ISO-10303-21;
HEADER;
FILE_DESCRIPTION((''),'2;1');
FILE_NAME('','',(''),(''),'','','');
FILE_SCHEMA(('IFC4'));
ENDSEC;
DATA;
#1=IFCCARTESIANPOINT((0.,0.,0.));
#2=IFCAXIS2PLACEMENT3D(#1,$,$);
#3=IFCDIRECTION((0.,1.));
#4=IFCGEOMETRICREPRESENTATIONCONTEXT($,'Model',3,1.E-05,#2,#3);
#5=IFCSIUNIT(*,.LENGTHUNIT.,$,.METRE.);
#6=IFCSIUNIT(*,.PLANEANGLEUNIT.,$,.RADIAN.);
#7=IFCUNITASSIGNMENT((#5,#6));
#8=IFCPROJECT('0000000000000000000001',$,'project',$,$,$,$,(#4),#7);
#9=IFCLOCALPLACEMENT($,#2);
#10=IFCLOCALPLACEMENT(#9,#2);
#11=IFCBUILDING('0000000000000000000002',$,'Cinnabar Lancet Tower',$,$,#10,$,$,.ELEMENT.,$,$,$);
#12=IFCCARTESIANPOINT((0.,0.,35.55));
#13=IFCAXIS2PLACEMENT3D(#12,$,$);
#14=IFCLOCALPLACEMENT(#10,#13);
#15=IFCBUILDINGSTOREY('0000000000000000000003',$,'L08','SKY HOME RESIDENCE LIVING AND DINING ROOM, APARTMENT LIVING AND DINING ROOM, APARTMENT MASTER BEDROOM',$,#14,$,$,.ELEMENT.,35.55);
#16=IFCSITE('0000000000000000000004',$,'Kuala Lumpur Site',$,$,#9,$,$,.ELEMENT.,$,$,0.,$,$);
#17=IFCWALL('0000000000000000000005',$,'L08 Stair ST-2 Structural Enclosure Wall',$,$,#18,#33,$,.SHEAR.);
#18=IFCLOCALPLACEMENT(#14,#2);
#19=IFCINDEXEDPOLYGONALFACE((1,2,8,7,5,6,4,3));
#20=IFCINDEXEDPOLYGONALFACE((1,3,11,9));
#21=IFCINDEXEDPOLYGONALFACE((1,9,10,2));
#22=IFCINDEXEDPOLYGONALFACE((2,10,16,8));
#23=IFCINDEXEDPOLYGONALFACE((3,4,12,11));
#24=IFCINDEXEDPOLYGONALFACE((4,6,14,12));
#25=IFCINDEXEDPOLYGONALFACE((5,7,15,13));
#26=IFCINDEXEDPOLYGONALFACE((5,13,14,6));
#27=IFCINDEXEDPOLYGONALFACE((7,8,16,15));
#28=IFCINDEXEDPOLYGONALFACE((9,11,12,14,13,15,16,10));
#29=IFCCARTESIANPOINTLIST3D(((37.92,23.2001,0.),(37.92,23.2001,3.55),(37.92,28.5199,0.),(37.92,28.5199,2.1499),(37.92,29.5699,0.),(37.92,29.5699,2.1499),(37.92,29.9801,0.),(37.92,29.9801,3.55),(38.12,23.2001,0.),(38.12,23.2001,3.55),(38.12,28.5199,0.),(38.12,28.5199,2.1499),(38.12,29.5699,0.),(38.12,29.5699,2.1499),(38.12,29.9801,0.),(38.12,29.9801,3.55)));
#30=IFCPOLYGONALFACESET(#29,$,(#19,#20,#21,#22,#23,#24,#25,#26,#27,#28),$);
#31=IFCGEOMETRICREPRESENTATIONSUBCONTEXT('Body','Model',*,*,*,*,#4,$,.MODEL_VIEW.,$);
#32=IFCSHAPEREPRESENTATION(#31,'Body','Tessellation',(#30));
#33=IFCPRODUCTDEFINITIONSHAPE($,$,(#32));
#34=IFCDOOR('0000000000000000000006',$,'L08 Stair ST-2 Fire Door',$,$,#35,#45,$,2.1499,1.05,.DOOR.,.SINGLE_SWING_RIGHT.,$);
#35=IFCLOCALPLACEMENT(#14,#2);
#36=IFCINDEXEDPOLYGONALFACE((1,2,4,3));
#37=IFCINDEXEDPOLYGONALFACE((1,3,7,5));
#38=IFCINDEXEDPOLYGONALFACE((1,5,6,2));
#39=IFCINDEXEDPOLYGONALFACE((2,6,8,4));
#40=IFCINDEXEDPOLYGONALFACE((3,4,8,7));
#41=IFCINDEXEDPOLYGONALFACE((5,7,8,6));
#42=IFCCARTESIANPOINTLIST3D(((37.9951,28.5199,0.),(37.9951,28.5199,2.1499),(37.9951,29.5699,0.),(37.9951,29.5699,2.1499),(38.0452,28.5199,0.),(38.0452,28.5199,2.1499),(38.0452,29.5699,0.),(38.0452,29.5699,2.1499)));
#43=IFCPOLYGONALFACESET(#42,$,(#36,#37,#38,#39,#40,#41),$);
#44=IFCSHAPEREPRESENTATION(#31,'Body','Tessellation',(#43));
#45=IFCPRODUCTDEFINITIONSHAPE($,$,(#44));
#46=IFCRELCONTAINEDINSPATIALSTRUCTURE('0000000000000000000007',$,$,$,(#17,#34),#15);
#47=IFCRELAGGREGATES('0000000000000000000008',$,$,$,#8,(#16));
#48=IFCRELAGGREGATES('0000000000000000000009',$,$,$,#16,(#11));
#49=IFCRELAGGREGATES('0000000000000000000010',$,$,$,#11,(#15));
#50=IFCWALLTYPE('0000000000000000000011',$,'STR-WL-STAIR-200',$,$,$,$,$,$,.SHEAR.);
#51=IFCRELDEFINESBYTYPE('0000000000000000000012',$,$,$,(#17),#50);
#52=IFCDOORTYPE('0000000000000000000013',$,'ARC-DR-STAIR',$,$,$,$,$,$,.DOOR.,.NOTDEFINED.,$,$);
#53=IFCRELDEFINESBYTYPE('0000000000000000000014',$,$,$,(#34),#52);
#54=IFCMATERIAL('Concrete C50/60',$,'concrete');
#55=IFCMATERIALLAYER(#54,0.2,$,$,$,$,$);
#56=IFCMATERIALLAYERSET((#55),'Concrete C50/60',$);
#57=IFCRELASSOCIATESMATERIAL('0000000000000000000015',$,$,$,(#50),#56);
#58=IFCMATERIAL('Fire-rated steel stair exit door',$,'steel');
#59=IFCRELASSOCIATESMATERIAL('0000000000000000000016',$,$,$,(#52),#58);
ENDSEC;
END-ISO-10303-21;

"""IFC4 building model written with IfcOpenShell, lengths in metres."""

from ifc_helpers import new_model, si_unit, direction, frame, frame_2d, origin, place, context, subcontext, project, spatial, rectangle, extrude, material, layer, layer_set, type_object, element, fill, save


model = new_model("IFC4")

# Units and contexts
model_context = context("Model", 3, precision=1e-05, world=origin(), true_north=direction((0.0, 1.0)))
body_context = subcontext(model_context, "Body", "Model", "MODEL_VIEW")
ifc_project = project(units=[si_unit("LENGTHUNIT", "METRE"), si_unit("PLANEANGLEUNIT", "RADIAN")], contexts=[model_context])

# Site, building, storey
site_placement = place(None, origin())
site = spatial("IfcSite", under=ifc_project, at=site_placement, Name="Kuala Lumpur Site", CompositionType="ELEMENT", RefElevation=0.0)
building_placement = place(site_placement, origin())
building = spatial("IfcBuilding", under=site, at=building_placement, Name="Cinnabar Lancet Tower", CompositionType="ELEMENT")
storey_placement = place(building_placement, frame((0.0, 0.0, 35.55)))
storey = spatial("IfcBuildingStorey", under=building, at=storey_placement, Name="L08", Description="SKY HOME RESIDENCE LIVING AND DINING ROOM, APARTMENT LIVING AND DINING ROOM, APARTMENT MASTER BEDROOM", CompositionType="ELEMENT", Elevation=35.55)

# Wall, opening, door
ifc_material_1 = material(Name="Concrete C50/60", Category="concrete")
ifc_layer_1 = layer(ifc_material_1, 0.2)
ifc_layer_set_1 = layer_set([ifc_layer_1], Name="Concrete C50/60")
wall_type_1 = type_object("IfcWallType", Name="STR-WL-STAIR-200", PredefinedType="SHEAR", material=ifc_layer_set_1)
wall_1_placement = place(storey_placement, frame((38.02, 23.2, 0.0), z_axis=(0.0, 0.0, 1.0), x_axis=(0.0, 1.0, 0.0)))
wall_1 = element("IfcWall", 1, at=wall_1_placement, inside=storey, type_object=wall_type_1, Name="L08 Stair ST-2 Structural Enclosure Wall", PredefinedType="SHEAR", context=body_context, shape_type="SweptSolid", body=[
    extrude(rectangle(XDim=6.78, YDim=0.2, at=frame_2d((3.3901, 0.0))), origin(), (0.0, 0.0, 1.0), 3.55),
])
opening_1_placement = place(wall_1_placement, frame((5.3201, 0.0, 0.0)))
opening_1 = element("IfcOpeningElement", 2, at=opening_1_placement, cuts=wall_1, PredefinedType="OPENING", context=body_context, shape_type="SweptSolid", body=[
    extrude(rectangle(XDim=1.05, YDim=2.1499, at=frame_2d((0.5249, 1.075))), frame((0.0, 0.1099, 0.0), z_axis=(0.0, -1.0, 0.0), x_axis=(1.0, 0.0, 0.0)), (0.0, 0.0, 1.0), 0.22),
])
ifc_material_2 = material(Name="Fire-rated steel stair exit door", Category="steel")
door_type_1 = type_object("IfcDoorType", Name="ARC-DR-STAIR", OperationType="NOTDEFINED", PredefinedType="DOOR", material=ifc_material_2)
door_1_placement = place(opening_1_placement, origin())
door_1 = element("IfcDoor", 3, at=door_1_placement, inside=storey, type_object=door_type_1, Name="L08 Stair ST-2 Fire Door", OperationType="SINGLE_SWING_RIGHT", OverallHeight=2.1499, OverallWidth=1.05, PredefinedType="DOOR", context=body_context, shape_type="SweptSolid", body=[
    extrude(rectangle(XDim=1.05, YDim=2.1499, at=frame_2d((0.5249, 1.075))), frame((0.0, 0.0249, 0.0), z_axis=(0.0, -1.0, 0.0), x_axis=(1.0, 0.0, 0.0)), (0.0, 0.0, 1.0), 0.05),
])
fill(opening_1, door_1)

save(model, "model.ifc")
